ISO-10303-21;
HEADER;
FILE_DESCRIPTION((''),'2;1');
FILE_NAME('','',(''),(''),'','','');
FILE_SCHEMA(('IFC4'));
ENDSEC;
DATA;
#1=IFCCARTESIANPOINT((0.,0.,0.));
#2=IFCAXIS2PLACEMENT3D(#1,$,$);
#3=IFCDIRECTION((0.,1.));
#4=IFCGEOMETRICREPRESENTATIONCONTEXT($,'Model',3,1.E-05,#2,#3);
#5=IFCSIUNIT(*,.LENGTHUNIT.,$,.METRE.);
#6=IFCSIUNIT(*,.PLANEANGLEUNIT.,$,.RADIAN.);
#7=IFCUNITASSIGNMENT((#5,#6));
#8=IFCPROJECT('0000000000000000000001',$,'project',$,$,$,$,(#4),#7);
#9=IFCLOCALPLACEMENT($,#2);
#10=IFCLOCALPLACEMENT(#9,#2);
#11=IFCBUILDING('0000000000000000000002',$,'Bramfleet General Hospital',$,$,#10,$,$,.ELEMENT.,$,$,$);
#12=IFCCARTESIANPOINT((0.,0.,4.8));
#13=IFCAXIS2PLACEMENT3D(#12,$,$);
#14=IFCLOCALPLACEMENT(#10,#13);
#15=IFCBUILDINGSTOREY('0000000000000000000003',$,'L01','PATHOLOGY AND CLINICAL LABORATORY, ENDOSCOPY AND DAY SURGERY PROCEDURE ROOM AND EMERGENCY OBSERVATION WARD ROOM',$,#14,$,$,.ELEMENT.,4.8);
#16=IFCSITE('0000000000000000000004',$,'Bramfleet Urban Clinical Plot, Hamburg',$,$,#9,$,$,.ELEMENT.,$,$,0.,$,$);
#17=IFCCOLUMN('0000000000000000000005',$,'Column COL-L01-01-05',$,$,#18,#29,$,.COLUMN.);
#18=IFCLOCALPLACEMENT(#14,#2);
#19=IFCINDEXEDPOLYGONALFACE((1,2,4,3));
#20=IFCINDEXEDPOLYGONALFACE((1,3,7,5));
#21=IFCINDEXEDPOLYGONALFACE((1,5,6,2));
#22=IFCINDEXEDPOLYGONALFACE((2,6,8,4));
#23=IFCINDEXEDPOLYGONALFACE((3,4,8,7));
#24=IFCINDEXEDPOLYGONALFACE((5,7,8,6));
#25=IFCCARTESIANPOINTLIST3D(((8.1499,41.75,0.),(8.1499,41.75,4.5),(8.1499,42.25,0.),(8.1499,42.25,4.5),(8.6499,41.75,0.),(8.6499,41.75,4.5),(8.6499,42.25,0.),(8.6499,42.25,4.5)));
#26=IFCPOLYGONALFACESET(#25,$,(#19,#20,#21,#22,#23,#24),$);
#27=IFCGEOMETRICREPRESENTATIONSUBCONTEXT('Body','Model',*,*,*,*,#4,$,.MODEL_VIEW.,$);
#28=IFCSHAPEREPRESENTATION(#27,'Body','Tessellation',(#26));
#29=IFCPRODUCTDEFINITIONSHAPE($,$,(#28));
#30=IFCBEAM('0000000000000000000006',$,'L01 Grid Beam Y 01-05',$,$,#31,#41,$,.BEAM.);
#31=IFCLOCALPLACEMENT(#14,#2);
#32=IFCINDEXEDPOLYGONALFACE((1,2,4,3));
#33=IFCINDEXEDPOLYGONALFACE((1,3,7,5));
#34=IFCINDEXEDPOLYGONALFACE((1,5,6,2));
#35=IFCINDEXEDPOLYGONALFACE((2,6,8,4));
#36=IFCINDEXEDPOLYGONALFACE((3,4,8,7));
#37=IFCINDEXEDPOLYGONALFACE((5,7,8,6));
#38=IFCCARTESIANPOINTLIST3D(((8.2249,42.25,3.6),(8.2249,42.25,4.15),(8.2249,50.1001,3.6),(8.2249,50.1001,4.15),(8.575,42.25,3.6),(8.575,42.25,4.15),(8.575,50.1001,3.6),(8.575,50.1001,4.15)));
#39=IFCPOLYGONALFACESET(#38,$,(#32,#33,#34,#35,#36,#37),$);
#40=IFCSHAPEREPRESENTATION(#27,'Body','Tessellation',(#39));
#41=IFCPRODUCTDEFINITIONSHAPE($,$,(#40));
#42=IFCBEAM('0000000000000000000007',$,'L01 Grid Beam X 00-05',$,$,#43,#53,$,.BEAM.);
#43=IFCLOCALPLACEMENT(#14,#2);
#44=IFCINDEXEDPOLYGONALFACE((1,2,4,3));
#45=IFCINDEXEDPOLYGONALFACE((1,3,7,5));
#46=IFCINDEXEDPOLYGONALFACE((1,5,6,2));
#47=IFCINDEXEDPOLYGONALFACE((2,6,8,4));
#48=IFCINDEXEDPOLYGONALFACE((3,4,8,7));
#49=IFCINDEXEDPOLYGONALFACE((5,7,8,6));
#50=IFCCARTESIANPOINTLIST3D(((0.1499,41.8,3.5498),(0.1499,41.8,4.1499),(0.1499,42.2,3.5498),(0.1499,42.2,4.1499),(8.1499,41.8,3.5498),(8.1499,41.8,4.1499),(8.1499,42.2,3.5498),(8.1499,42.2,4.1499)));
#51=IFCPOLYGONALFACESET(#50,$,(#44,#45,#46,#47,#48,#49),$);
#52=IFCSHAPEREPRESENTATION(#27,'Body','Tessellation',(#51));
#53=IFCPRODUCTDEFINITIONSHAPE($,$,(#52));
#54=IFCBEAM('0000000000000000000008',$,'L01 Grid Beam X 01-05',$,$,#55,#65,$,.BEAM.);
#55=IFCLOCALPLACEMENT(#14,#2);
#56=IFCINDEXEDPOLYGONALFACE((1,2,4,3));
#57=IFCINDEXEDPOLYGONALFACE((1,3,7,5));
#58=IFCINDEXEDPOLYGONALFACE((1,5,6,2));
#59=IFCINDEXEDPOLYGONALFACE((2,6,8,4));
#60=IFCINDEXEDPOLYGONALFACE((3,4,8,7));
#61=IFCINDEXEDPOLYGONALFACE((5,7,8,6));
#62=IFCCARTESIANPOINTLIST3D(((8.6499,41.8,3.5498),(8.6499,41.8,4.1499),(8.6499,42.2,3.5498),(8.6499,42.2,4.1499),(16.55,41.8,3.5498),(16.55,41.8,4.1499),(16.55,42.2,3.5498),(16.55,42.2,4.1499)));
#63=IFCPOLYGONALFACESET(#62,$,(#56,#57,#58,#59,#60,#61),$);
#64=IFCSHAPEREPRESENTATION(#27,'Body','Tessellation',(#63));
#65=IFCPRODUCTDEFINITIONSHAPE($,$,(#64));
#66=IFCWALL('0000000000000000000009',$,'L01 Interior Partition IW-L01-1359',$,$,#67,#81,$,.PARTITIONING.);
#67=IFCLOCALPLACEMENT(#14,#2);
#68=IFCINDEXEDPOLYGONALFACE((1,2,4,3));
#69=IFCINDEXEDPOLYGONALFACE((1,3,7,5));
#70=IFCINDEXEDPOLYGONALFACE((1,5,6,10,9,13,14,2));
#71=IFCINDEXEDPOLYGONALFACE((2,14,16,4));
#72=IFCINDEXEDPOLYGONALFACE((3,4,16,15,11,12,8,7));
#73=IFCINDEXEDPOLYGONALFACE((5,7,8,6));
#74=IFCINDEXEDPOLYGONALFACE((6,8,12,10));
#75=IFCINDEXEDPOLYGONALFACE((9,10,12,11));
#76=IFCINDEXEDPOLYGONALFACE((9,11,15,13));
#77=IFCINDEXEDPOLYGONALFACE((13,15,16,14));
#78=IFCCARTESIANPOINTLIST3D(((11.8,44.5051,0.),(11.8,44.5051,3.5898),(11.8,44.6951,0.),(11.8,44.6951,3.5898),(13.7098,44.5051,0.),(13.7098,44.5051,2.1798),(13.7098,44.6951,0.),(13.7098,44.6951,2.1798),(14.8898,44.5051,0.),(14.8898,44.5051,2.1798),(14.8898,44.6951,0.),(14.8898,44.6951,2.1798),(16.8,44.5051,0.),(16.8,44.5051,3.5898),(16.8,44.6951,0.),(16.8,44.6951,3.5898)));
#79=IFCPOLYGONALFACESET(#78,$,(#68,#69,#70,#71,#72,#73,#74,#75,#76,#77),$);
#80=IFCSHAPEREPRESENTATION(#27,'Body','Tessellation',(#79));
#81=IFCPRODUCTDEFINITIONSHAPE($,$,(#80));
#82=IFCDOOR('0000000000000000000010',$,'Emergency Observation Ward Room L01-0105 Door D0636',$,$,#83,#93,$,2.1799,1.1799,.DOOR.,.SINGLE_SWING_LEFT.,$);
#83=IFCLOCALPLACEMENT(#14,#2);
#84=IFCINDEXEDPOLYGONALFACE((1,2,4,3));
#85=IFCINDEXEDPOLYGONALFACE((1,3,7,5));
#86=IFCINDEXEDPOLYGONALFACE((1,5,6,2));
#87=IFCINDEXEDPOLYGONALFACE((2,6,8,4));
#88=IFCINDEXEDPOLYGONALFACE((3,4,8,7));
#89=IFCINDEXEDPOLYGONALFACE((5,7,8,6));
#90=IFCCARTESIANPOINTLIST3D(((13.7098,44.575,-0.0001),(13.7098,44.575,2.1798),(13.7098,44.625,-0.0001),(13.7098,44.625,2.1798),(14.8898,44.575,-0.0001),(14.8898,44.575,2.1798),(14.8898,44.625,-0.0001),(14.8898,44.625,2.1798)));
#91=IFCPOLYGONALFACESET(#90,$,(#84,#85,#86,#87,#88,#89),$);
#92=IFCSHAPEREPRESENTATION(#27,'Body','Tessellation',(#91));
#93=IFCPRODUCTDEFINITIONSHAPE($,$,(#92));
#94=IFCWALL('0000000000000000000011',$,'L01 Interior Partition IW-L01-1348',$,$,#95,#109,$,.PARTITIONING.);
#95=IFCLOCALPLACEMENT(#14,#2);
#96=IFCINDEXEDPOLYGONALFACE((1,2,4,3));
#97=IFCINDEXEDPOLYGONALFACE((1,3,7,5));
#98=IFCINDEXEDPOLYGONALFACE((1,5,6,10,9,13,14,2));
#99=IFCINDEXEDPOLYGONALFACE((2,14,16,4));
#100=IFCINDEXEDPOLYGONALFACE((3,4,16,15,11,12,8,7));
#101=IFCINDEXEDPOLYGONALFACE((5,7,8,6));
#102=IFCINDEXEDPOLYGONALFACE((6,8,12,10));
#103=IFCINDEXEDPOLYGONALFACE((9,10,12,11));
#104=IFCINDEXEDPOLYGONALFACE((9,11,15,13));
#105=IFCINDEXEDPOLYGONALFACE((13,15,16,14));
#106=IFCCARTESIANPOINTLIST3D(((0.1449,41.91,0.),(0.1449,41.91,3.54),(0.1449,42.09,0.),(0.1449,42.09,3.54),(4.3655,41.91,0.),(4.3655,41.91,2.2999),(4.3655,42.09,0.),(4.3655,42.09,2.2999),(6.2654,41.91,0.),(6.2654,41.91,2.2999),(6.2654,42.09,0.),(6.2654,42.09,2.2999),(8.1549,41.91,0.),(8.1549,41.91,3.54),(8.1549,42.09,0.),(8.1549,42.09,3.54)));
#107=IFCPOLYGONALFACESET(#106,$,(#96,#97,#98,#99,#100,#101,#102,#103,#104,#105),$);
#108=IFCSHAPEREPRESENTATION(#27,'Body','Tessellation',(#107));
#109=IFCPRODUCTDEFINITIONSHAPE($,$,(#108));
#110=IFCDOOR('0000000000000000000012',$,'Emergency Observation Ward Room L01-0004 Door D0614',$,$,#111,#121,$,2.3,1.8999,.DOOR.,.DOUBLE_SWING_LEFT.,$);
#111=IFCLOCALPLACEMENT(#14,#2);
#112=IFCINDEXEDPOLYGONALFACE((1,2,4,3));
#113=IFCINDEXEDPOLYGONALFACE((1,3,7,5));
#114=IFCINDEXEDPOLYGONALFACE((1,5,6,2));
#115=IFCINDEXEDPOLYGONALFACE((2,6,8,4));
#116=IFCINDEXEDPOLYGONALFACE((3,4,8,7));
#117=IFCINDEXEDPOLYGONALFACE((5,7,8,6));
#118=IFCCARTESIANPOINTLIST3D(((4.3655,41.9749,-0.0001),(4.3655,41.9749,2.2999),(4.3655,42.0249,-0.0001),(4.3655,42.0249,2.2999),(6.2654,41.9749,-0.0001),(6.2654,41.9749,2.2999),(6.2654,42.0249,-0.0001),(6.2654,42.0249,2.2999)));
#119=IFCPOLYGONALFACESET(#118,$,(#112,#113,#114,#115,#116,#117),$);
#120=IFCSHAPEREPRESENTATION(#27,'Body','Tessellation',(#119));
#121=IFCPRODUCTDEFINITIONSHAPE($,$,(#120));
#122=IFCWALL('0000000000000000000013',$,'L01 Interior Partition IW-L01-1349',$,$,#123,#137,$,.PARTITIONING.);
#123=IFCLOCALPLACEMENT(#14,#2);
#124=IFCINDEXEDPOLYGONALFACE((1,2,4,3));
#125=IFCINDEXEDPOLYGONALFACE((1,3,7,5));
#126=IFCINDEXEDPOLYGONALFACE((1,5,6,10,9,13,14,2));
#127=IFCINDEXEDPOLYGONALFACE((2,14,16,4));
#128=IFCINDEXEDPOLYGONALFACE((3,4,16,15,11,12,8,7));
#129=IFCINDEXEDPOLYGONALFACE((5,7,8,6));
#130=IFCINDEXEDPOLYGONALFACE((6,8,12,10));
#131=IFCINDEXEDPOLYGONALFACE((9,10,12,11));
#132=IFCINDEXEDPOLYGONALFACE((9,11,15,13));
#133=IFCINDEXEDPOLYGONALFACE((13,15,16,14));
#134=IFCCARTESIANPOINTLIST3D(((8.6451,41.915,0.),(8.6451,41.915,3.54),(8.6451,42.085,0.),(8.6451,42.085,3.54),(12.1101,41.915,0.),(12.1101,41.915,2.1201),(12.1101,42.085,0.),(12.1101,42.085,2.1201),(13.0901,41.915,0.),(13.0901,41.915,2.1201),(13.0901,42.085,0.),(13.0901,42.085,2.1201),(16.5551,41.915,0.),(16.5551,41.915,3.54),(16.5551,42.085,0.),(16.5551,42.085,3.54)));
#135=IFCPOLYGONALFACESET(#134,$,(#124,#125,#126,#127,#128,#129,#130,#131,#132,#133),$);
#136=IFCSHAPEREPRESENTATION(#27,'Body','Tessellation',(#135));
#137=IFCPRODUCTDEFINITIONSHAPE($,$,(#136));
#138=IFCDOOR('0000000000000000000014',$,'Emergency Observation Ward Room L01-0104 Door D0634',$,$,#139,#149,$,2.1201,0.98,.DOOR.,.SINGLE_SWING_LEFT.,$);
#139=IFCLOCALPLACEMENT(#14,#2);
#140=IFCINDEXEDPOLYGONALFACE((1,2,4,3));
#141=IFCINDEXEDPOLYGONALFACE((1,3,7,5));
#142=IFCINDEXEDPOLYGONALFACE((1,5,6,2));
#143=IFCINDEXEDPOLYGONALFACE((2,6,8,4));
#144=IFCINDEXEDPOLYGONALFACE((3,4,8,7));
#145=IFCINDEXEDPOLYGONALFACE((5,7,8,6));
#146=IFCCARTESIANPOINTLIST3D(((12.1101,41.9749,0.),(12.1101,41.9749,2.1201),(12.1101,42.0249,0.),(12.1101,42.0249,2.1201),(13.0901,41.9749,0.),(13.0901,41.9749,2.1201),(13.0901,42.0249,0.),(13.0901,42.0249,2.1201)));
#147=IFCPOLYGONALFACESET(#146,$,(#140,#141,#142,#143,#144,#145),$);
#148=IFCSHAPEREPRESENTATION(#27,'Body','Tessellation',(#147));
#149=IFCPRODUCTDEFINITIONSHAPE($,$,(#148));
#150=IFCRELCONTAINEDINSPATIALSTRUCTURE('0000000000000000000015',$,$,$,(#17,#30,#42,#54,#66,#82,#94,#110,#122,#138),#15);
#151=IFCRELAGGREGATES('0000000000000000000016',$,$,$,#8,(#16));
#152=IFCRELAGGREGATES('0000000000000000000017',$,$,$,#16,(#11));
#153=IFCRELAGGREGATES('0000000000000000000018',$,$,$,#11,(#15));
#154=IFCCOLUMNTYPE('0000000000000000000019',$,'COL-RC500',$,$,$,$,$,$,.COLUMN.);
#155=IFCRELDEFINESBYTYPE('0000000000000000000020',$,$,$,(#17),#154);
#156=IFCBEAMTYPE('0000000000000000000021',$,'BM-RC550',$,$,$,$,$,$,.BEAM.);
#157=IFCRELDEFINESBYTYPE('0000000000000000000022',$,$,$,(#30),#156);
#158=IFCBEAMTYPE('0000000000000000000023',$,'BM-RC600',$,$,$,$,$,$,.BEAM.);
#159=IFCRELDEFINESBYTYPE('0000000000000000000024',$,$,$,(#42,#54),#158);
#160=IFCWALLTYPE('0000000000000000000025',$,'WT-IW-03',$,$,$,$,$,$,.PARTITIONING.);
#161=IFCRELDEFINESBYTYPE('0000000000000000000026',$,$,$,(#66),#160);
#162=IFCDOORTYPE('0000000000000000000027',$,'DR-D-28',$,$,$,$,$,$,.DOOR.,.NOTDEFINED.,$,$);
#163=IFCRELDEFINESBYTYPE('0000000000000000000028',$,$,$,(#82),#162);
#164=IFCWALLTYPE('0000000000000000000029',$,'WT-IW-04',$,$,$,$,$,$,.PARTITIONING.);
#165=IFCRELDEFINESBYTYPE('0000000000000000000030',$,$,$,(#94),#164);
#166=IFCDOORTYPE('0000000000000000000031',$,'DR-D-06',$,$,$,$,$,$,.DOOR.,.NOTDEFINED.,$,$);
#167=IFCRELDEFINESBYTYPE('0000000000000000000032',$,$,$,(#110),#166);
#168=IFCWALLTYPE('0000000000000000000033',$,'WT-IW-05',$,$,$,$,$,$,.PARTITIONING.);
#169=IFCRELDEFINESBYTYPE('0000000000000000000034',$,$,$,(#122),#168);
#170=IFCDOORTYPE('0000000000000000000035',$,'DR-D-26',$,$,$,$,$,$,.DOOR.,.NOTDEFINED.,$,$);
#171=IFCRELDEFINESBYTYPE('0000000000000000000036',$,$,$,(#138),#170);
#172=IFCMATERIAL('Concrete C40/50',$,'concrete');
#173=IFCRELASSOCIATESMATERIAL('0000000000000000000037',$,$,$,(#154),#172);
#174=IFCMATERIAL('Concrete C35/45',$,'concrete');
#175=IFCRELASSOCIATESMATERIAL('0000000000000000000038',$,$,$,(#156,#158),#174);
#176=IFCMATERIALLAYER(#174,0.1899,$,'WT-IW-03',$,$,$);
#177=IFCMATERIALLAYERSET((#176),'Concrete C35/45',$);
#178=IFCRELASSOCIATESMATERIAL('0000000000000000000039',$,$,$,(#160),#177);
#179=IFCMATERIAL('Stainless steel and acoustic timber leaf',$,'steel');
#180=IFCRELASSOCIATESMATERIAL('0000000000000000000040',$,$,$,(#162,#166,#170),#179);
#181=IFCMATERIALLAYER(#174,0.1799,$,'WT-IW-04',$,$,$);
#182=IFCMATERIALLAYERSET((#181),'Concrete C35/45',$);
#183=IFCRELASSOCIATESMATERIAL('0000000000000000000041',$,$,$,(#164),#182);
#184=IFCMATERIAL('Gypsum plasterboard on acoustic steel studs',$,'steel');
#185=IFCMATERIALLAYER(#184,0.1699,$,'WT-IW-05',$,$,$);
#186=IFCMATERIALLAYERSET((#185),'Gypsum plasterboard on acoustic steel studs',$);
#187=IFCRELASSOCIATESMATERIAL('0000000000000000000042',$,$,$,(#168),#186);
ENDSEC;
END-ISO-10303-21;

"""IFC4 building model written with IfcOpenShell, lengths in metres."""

from ifc_helpers import new_model, si_unit, direction, frame, frame_2d, origin, origin_2d, place, context, subcontext, project, spatial, rectangle, extrude, material, layer, layer_set, material_profile, profile_set, type_object, element, fill, save


model = new_model("IFC4")

# Units and contexts
model_context = context("Model", 3, precision=1e-05, world=origin(), true_north=direction((0.0, 1.0)))
body_context = subcontext(model_context, "Body", "Model", "MODEL_VIEW")
ifc_project = project(units=[si_unit("LENGTHUNIT", "METRE"), si_unit("PLANEANGLEUNIT", "RADIAN")], contexts=[model_context])

# Site, building, storey
site_placement = place(None, origin())
site = spatial("IfcSite", under=ifc_project, at=site_placement, Name="Bramfleet Urban Clinical Plot, Hamburg", CompositionType="ELEMENT", RefElevation=0.0)
building_placement = place(site_placement, origin())
building = spatial("IfcBuilding", under=site, at=building_placement, Name="Bramfleet General Hospital", CompositionType="ELEMENT")
storey_placement = place(building_placement, frame((0.0, 0.0, 4.8)))
storey = spatial("IfcBuildingStorey", under=building, at=storey_placement, Name="L01", Description="PATHOLOGY AND CLINICAL LABORATORY, ENDOSCOPY AND DAY SURGERY PROCEDURE ROOM AND EMERGENCY OBSERVATION WARD ROOM", CompositionType="ELEMENT", Elevation=4.8)

# Column
ifc_material_1 = material(Name="Concrete C40/50", Category="concrete")
ifc_material_profile_1 = material_profile(ifc_material_1, rectangle(XDim=0.5, YDim=0.5, at=origin_2d()), Name="RC COL 500x500")
ifc_profile_set_1 = profile_set([ifc_material_profile_1], Name="Concrete C40/50")
column_type = type_object("IfcColumnType", Name="COL-RC500", PredefinedType="COLUMN", material=ifc_profile_set_1)
column_placement = place(storey_placement, frame((8.3999, 42.0, 0.0), z_axis=(0.0, 0.0, 1.0), x_axis=(1.0, 0.0, 0.0)))
element("IfcColumn", 1, at=column_placement, inside=storey, type_object=column_type, Name="Column COL-L01-01-05", PredefinedType="COLUMN", context=body_context, shape_type="SweptSolid", body=[
    extrude(rectangle(XDim=0.5, YDim=0.5, at=origin_2d()), origin(), (0.0, 0.0, 1.0), 4.5),
])

# Beams
ifc_material_2 = material(Name="Concrete C35/45", Category="concrete")
ifc_material_profile_2 = material_profile(ifc_material_2, rectangle(XDim=0.3501, YDim=0.55, at=origin_2d()), Name="RC BM 550x350")
ifc_profile_set_2 = profile_set([ifc_material_profile_2], Name="Concrete C35/45")
beam_type_1 = type_object("IfcBeamType", Name="BM-RC550", PredefinedType="BEAM", material=ifc_profile_set_2)
beam_1_placement = place(storey_placement, frame((8.3999, 42.25, 3.875), z_axis=(0.0, 1.0, 0.0), x_axis=(-1.0, 0.0, 0.0)))
element("IfcBeam", 2, at=beam_1_placement, inside=storey, type_object=beam_type_1, Name="L01 Grid Beam Y 01-05", PredefinedType="BEAM", context=body_context, shape_type="SweptSolid", body=[
    extrude(rectangle(XDim=0.3501, YDim=0.55, at=origin_2d()), origin(), (0.0, 0.0, 1.0), 7.8501),
])
ifc_material_profile_3 = material_profile(ifc_material_2, rectangle(XDim=0.3999, YDim=0.6001, at=origin_2d()), Name="RC BM 600x400")
ifc_profile_set_3 = profile_set([ifc_material_profile_3], Name="Concrete C35/45")
beam_type_2 = type_object("IfcBeamType", Name="BM-RC600", PredefinedType="BEAM", material=ifc_profile_set_3)
beam_2_placement = place(storey_placement, frame((0.1499, 42.0, 3.8499), z_axis=(1.0, 0.0, 0.0), x_axis=(0.0, 1.0, 0.0)))
element("IfcBeam", 3, at=beam_2_placement, inside=storey, type_object=beam_type_2, Name="L01 Grid Beam X 00-05", PredefinedType="BEAM", context=body_context, shape_type="SweptSolid", body=[
    extrude(rectangle(XDim=0.3999, YDim=0.6001, at=origin_2d()), origin(), (0.0, 0.0, 1.0), 8.0),
])
beam_3_placement = place(storey_placement, frame((8.6499, 42.0, 3.8499), z_axis=(1.0, 0.0, 0.0), x_axis=(0.0, 1.0, 0.0)))
element("IfcBeam", 4, at=beam_3_placement, inside=storey, type_object=beam_type_2, Name="L01 Grid Beam X 01-05", PredefinedType="BEAM", context=body_context, shape_type="SweptSolid", body=[
    extrude(rectangle(XDim=0.3999, YDim=0.6001, at=origin_2d()), origin(), (0.0, 0.0, 1.0), 7.9001),
])

# Walls, openings, doors
ifc_material_3 = material(Name="Stainless steel and acoustic timber leaf", Category="steel")
ifc_layer_1 = layer(ifc_material_2, 0.1899, Name="WT-IW-03")
ifc_layer_set_1 = layer_set([ifc_layer_1], Name="Concrete C35/45")
wall_type_1 = type_object("IfcWallType", Name="WT-IW-03", PredefinedType="PARTITIONING", material=ifc_layer_set_1)
wall_1_placement = place(storey_placement, frame((11.8, 44.6001, 0.0), z_axis=(0.0, 0.0, 1.0), x_axis=(1.0, 0.0, 0.0)))
wall_1 = element("IfcWall", 5, at=wall_1_placement, inside=storey, type_object=wall_type_1, Name="L01 Interior Partition IW-L01-1359", PredefinedType="PARTITIONING", context=body_context, shape_type="SweptSolid", body=[
    extrude(rectangle(XDim=5.0, YDim=0.1899, at=frame_2d((2.5, 0.0))), origin(), (0.0, 0.0, 1.0), 3.5898),
])
opening_1_placement = place(wall_1_placement, frame((1.9099, 0.0, 0.0)))
opening_1 = element("IfcOpeningElement", 6, at=opening_1_placement, cuts=wall_1, PredefinedType="OPENING", context=body_context, shape_type="SweptSolid", body=[
    extrude(rectangle(XDim=1.1799, YDim=2.1799, at=frame_2d((0.5898, 1.0898))), frame((0.0, 0.105, 0.0), z_axis=(0.0, -1.0, 0.0), x_axis=(1.0, 0.0, 0.0)), (0.0, 0.0, 1.0), 0.21),
])
door_type_1 = type_object("IfcDoorType", Name="DR-D-28", OperationType="NOTDEFINED", PredefinedType="DOOR", material=ifc_material_3)
door_1_placement = place(opening_1_placement, origin())
door_1 = element("IfcDoor", 7, at=door_1_placement, inside=storey, type_object=door_type_1, Name="Emergency Observation Ward Room L01-0105 Door D0636", OperationType="SINGLE_SWING_LEFT", OverallHeight=2.1799, OverallWidth=1.1799, PredefinedType="DOOR", context=body_context, shape_type="SweptSolid", body=[
    extrude(rectangle(XDim=1.1799, YDim=2.1799, at=frame_2d((0.5898, 1.0898))), frame((0.0, 0.0249, 0.0), z_axis=(0.0, -1.0, 0.0), x_axis=(1.0, 0.0, 0.0)), (0.0, 0.0, 1.0), 0.05),
])
fill(opening_1, door_1)
ifc_layer_2 = layer(ifc_material_2, 0.1799, Name="WT-IW-04")
ifc_layer_set_2 = layer_set([ifc_layer_2], Name="Concrete C35/45")
wall_type_2 = type_object("IfcWallType", Name="WT-IW-04", PredefinedType="PARTITIONING", material=ifc_layer_set_2)
wall_2_placement = place(storey_placement, frame((0.145, 42.0, 0.0), z_axis=(0.0, 0.0, 1.0), x_axis=(1.0, 0.0, 0.0)))
wall_2 = element("IfcWall", 8, at=wall_2_placement, inside=storey, type_object=wall_type_2, Name="L01 Interior Partition IW-L01-1348", PredefinedType="PARTITIONING", context=body_context, shape_type="SweptSolid", body=[
    extrude(rectangle(XDim=8.01, YDim=0.1799, at=frame_2d((4.0049, 0.0))), origin(), (0.0, 0.0, 1.0), 3.54),
])
opening_2_placement = place(wall_2_placement, frame((4.2205, 0.0, 0.0)))
opening_2 = element("IfcOpeningElement", 9, at=opening_2_placement, cuts=wall_2, PredefinedType="OPENING", context=body_context, shape_type="SweptSolid", body=[
    extrude(rectangle(XDim=1.8999, YDim=2.3, at=frame_2d((0.95, 1.1499))), frame((0.0, 0.0999, 0.0), z_axis=(0.0, -1.0, 0.0), x_axis=(1.0, 0.0, 0.0)), (0.0, 0.0, 1.0), 0.2),
])
door_type_2 = type_object("IfcDoorType", Name="DR-D-06", OperationType="NOTDEFINED", PredefinedType="DOOR", material=ifc_material_3)
door_2_placement = place(opening_2_placement, origin())
door_2 = element("IfcDoor", 10, at=door_2_placement, inside=storey, type_object=door_type_2, Name="Emergency Observation Ward Room L01-0004 Door D0614", OperationType="DOUBLE_SWING_LEFT", OverallHeight=2.3, OverallWidth=1.8999, PredefinedType="DOOR", context=body_context, shape_type="SweptSolid", body=[
    extrude(rectangle(XDim=1.8999, YDim=2.3, at=frame_2d((0.95, 1.1499))), frame((0.0, 0.0249, 0.0), z_axis=(0.0, -1.0, 0.0), x_axis=(1.0, 0.0, 0.0)), (0.0, 0.0, 1.0), 0.05),
])
fill(opening_2, door_2)
ifc_material_4 = material(Name="Gypsum plasterboard on acoustic steel studs", Category="steel")
ifc_layer_3 = layer(ifc_material_4, 0.1699, Name="WT-IW-05")
ifc_layer_set_3 = layer_set([ifc_layer_3], Name="Gypsum plasterboard on acoustic steel studs")
wall_type_3 = type_object("IfcWallType", Name="WT-IW-05", PredefinedType="PARTITIONING", material=ifc_layer_set_3)
wall_3_placement = place(storey_placement, frame((8.645, 42.0, 0.0), z_axis=(0.0, 0.0, 1.0), x_axis=(1.0, 0.0, 0.0)))
wall_3 = element("IfcWall", 11, at=wall_3_placement, inside=storey, type_object=wall_type_3, Name="L01 Interior Partition IW-L01-1349", PredefinedType="PARTITIONING", context=body_context, shape_type="SweptSolid", body=[
    extrude(rectangle(XDim=7.9099, YDim=0.1699, at=frame_2d((3.9551, 0.0))), origin(), (0.0, 0.0, 1.0), 3.54),
])
opening_3_placement = place(wall_3_placement, frame((3.4651, 0.0, 0.0)))
opening_3 = element("IfcOpeningElement", 12, at=opening_3_placement, cuts=wall_3, PredefinedType="OPENING", context=body_context, shape_type="SweptSolid", body=[
    extrude(rectangle(XDim=0.98, YDim=2.1201, at=frame_2d((0.49, 1.0601))), frame((0.0, 0.095, 0.0), z_axis=(0.0, -1.0, 0.0), x_axis=(1.0, 0.0, 0.0)), (0.0, 0.0, 1.0), 0.1899),
])
door_type_3 = type_object("IfcDoorType", Name="DR-D-26", OperationType="NOTDEFINED", PredefinedType="DOOR", material=ifc_material_3)
door_3_placement = place(opening_3_placement, origin())
door_3 = element("IfcDoor", 13, at=door_3_placement, inside=storey, type_object=door_type_3, Name="Emergency Observation Ward Room L01-0104 Door D0634", OperationType="SINGLE_SWING_LEFT", OverallHeight=2.1201, OverallWidth=0.98, PredefinedType="DOOR", context=body_context, shape_type="SweptSolid", body=[
    extrude(rectangle(XDim=0.98, YDim=2.1201, at=frame_2d((0.49, 1.0601))), frame((0.0, 0.0249, 0.0), z_axis=(0.0, -1.0, 0.0), x_axis=(1.0, 0.0, 0.0)), (0.0, 0.0, 1.0), 0.05),
])
fill(opening_3, door_3)

save(model, "model.ifc")
